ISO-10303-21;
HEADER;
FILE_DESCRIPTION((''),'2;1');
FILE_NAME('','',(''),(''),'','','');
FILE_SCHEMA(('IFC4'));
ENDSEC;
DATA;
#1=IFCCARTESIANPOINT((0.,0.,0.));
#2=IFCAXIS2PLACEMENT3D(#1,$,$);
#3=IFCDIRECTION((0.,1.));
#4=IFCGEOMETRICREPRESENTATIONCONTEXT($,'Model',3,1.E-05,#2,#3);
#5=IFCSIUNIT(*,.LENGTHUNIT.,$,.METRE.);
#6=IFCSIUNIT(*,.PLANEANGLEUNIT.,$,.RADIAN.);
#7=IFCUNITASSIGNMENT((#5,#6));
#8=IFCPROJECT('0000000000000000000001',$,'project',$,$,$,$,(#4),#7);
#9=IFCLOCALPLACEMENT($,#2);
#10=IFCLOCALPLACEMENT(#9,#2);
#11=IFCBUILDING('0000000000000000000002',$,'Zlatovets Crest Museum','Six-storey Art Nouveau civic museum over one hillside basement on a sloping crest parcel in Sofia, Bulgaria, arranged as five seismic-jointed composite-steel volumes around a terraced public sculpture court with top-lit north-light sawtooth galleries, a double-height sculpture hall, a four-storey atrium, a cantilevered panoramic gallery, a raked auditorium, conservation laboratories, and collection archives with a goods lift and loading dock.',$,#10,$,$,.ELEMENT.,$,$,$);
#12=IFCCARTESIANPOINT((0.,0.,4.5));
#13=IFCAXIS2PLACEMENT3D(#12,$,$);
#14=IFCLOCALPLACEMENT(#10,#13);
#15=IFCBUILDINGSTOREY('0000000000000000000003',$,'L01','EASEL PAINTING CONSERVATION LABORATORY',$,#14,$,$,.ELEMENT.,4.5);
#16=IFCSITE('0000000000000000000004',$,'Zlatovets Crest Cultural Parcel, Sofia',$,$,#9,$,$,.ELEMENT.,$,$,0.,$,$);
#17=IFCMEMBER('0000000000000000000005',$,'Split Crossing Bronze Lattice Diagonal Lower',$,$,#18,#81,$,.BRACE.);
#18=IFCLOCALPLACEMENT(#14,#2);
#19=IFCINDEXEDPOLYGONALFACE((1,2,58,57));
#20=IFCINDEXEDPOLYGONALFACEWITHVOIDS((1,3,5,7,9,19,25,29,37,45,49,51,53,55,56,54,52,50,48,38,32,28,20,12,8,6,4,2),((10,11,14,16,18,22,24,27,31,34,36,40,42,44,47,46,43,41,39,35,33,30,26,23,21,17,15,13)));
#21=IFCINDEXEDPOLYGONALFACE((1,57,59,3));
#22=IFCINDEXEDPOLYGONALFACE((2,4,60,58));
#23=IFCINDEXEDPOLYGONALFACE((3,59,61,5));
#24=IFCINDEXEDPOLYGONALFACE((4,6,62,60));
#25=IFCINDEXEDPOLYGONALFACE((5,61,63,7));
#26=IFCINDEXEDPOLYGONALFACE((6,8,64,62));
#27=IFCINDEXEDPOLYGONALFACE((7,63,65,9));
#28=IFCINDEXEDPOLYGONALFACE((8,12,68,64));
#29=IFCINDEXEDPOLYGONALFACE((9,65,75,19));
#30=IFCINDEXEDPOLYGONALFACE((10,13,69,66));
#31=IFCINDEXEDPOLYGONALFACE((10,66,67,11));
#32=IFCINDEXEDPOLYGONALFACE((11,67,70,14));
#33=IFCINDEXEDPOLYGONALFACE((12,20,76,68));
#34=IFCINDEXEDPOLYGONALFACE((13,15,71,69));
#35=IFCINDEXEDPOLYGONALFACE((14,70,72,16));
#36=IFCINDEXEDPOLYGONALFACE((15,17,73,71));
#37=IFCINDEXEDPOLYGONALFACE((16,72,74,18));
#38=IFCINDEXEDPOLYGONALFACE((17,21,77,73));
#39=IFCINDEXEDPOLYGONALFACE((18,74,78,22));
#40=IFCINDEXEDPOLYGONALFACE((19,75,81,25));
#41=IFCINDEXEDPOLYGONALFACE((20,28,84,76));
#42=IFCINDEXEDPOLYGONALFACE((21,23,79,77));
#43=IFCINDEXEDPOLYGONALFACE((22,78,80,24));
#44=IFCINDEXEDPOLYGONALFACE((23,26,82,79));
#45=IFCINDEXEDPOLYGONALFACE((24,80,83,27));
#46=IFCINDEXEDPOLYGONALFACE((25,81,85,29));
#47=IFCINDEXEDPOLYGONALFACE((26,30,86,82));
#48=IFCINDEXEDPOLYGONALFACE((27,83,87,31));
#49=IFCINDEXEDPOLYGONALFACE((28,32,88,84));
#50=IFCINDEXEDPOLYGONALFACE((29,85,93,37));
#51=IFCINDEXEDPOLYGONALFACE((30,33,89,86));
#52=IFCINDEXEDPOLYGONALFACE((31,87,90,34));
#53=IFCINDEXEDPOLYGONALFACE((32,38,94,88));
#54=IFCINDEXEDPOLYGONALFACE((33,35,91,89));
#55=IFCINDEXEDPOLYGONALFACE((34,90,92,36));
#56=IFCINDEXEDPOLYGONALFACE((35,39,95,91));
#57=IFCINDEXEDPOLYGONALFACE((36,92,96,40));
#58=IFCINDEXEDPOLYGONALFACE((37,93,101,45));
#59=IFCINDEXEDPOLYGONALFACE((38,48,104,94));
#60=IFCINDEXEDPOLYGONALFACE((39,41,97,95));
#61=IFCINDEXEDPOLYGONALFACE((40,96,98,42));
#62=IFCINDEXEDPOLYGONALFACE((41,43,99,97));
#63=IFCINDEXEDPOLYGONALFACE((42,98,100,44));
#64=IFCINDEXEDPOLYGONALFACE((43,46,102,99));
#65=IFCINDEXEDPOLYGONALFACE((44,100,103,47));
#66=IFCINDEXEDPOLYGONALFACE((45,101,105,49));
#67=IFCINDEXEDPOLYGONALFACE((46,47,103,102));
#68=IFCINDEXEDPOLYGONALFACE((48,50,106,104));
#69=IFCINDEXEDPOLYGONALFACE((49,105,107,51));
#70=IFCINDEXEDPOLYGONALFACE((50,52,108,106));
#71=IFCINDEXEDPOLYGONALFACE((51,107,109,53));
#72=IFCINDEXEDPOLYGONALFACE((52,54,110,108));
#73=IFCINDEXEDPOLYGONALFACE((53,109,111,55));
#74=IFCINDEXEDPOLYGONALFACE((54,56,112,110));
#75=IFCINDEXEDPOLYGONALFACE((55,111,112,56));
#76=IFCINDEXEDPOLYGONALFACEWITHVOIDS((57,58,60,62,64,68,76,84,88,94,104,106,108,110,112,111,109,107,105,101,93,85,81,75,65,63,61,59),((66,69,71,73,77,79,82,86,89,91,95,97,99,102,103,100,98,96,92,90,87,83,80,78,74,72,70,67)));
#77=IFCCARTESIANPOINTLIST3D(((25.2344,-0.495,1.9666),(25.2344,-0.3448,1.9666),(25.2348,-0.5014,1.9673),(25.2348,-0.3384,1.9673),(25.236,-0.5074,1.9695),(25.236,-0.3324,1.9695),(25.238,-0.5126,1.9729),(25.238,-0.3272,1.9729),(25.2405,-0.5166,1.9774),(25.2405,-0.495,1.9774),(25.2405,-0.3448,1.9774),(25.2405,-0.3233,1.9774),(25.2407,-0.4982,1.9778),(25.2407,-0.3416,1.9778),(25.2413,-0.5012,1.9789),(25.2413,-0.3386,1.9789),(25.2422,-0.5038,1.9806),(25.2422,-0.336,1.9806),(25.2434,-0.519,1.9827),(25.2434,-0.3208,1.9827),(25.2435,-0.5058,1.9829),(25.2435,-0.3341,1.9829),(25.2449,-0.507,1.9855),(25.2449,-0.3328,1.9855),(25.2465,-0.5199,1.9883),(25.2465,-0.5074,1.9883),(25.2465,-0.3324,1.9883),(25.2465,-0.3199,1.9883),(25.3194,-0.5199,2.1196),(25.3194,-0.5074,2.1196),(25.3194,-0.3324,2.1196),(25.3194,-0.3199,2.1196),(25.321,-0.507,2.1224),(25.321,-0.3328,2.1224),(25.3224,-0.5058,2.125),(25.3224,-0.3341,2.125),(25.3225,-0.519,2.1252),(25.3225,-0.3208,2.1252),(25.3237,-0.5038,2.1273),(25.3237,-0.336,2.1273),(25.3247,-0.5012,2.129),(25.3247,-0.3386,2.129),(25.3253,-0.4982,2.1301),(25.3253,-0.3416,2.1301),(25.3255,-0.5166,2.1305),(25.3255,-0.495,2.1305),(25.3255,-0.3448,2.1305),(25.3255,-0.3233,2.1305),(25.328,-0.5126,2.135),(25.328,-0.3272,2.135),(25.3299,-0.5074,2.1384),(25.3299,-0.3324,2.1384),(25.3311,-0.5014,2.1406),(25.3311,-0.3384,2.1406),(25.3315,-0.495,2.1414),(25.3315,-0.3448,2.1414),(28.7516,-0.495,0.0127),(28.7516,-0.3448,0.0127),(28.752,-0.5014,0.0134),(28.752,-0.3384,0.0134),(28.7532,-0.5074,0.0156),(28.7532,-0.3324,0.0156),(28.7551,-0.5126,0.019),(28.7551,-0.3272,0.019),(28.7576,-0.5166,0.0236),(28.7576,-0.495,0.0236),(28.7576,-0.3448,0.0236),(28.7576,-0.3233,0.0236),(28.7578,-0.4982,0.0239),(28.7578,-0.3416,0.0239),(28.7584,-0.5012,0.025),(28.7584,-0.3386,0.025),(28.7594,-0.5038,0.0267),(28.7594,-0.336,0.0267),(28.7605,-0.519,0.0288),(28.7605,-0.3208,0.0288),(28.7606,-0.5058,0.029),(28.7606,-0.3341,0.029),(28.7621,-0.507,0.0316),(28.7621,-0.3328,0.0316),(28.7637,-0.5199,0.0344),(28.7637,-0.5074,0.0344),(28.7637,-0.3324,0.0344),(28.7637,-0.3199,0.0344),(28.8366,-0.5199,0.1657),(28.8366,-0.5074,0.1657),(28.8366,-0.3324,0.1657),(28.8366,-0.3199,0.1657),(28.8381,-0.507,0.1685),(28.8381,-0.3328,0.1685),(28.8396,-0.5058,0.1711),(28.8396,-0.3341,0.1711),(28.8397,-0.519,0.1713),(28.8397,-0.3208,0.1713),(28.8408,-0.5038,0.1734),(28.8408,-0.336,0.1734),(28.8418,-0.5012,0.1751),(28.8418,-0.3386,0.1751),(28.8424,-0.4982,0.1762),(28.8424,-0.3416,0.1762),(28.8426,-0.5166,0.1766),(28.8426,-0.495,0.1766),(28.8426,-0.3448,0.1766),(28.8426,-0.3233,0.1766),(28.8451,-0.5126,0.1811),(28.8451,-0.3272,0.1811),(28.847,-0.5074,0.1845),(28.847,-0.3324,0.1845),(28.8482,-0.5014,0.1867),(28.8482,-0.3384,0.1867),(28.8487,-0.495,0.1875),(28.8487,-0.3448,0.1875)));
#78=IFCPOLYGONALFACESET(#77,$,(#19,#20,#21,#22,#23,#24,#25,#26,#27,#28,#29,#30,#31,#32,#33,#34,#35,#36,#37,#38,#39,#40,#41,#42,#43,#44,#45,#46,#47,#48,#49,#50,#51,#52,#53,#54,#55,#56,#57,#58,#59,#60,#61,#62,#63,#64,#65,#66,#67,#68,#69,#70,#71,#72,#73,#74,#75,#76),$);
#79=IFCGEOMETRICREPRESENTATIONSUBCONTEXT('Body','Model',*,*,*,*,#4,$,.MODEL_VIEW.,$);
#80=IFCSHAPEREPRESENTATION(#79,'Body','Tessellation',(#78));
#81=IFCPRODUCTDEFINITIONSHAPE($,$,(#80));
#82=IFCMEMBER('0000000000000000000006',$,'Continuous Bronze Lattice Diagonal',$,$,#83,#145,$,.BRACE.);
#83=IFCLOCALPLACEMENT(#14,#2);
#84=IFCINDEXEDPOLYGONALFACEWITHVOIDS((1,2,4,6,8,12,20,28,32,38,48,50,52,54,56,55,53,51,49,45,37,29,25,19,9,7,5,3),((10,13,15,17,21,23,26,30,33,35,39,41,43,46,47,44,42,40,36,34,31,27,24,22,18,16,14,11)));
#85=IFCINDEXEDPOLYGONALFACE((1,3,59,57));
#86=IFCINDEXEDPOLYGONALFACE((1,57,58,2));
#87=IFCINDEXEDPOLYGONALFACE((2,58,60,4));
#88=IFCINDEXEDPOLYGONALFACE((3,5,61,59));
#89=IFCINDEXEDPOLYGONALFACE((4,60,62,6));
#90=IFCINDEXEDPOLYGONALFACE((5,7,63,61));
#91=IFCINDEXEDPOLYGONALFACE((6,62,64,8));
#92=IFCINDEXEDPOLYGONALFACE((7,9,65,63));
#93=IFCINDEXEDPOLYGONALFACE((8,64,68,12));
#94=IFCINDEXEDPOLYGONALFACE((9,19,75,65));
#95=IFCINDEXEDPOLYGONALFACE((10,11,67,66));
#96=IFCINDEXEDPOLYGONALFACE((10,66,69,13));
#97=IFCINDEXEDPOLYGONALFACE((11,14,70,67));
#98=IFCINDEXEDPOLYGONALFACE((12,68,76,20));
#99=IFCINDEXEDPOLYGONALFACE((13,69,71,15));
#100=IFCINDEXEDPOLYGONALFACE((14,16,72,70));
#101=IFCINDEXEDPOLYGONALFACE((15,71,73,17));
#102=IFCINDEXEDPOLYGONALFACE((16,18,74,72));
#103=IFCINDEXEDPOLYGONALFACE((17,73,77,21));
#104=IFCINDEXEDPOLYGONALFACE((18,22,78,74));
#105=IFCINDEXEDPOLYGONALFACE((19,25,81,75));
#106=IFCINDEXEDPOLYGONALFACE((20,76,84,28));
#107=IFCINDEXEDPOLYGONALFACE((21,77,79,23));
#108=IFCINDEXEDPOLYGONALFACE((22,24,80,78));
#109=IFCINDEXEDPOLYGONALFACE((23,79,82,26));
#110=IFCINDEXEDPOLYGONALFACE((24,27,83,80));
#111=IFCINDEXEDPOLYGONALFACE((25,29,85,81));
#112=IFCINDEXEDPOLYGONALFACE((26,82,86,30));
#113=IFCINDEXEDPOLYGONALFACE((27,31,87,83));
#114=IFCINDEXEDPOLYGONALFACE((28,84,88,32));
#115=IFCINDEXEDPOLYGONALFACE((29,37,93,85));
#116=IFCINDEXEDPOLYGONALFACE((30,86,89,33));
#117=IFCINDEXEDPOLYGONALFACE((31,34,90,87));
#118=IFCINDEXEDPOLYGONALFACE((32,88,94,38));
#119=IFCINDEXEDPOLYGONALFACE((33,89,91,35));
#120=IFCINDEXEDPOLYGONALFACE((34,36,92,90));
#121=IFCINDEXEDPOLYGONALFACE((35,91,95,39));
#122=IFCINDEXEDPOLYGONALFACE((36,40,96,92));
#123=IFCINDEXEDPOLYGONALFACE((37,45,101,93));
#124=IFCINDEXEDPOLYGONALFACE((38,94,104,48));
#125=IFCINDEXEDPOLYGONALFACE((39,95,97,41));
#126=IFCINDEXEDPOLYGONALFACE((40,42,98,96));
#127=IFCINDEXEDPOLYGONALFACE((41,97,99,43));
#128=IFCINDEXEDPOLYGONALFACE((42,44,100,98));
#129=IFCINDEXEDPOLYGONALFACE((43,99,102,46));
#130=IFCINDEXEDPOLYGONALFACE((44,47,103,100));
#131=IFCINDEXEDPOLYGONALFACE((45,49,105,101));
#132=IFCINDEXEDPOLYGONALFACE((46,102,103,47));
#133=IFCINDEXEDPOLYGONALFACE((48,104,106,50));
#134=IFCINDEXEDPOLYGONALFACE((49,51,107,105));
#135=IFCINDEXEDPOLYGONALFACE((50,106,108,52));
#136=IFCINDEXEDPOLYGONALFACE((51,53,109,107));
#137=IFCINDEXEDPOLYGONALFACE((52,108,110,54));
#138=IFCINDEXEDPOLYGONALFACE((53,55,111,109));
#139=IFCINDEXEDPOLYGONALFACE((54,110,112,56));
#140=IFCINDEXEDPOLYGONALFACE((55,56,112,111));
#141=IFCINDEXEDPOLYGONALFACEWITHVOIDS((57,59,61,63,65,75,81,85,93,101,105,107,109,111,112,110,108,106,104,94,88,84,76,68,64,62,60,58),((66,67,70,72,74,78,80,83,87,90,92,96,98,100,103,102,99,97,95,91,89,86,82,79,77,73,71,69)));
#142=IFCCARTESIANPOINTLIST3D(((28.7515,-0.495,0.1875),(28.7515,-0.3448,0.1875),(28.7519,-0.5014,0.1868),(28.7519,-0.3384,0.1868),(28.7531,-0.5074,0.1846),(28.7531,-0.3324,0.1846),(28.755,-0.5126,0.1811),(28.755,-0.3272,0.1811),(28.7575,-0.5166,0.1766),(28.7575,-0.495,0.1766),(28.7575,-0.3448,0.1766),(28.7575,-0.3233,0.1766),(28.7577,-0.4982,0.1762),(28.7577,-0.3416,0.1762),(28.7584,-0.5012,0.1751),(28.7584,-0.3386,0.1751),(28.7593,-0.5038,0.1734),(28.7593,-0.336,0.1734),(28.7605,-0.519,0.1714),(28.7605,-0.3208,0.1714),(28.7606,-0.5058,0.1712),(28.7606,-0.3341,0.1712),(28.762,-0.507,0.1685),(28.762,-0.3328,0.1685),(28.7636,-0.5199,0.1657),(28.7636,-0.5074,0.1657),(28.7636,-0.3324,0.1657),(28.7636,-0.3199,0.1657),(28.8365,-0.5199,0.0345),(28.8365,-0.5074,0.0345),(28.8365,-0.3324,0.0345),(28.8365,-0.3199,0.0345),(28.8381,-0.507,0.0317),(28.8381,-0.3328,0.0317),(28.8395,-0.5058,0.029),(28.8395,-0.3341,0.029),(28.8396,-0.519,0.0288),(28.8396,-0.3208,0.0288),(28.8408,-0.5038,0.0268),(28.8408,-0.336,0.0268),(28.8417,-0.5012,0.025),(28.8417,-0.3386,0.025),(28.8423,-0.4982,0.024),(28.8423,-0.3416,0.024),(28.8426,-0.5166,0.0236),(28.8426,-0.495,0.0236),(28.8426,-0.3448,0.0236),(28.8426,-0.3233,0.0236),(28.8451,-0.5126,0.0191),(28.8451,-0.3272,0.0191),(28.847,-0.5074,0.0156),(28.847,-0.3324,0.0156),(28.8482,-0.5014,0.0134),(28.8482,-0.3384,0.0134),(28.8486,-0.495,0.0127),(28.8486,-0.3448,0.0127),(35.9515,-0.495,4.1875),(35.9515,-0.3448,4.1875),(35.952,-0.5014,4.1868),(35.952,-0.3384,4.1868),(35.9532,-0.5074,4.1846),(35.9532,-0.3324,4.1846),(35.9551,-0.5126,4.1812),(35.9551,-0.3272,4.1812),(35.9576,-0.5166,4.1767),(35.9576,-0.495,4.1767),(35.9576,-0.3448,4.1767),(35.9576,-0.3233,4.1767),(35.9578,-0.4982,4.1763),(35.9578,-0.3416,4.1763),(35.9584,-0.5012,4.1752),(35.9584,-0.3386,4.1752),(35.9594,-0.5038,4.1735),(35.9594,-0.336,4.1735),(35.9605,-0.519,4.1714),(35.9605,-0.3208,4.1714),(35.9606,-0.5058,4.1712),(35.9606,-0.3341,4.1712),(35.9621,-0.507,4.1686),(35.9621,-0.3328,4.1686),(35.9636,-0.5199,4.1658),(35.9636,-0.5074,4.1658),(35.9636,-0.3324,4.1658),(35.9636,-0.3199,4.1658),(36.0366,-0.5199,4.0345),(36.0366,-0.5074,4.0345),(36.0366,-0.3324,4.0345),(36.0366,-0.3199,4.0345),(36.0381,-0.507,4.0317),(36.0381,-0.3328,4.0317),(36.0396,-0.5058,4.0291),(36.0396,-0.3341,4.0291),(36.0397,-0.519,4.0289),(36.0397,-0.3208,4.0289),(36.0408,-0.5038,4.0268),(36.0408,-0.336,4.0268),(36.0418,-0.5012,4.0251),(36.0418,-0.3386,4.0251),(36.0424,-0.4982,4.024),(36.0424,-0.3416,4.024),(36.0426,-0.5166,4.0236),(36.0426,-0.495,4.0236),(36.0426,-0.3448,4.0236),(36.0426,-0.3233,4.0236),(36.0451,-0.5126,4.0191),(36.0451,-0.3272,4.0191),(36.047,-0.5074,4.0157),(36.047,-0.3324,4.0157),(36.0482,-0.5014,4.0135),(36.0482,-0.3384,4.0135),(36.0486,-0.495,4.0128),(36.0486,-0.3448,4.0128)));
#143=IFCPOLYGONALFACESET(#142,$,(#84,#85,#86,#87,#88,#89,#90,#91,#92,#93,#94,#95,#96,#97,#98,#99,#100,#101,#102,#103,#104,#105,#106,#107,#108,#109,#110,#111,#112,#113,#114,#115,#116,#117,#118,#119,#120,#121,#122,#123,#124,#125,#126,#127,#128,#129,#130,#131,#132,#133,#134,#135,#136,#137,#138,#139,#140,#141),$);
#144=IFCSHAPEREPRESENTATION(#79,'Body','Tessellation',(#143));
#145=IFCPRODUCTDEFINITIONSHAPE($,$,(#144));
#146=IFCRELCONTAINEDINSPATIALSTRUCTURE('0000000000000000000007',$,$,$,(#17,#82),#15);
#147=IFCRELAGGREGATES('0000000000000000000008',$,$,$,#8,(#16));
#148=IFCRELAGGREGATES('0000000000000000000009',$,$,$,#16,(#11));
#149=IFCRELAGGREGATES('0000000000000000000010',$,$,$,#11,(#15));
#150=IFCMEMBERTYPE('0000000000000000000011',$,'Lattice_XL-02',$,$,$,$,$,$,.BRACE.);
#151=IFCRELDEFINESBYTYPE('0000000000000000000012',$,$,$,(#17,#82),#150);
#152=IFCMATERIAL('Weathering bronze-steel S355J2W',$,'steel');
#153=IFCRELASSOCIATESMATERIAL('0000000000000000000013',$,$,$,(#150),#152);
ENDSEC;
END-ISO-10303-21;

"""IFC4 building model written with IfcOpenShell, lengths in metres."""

from ifc_helpers import new_model, si_unit, direction, frame, origin, origin_2d, place, context, subcontext, project, spatial, hollow_rectangle, extrude, material, material_profile, profile_set, type_object, element, save


model = new_model("IFC4")

# Units and contexts
model_context = context("Model", 3, precision=1e-05, world=origin(), true_north=direction((0.0, 1.0)))
body_context = subcontext(model_context, "Body", "Model", "MODEL_VIEW")
ifc_project = project(units=[si_unit("LENGTHUNIT", "METRE"), si_unit("PLANEANGLEUNIT", "RADIAN")], contexts=[model_context])

# Site, building, storey
site_placement = place(None, origin())
site = spatial("IfcSite", under=ifc_project, at=site_placement, Name="Zlatovets Crest Cultural Parcel, Sofia", CompositionType="ELEMENT", RefElevation=0.0)
building_placement = place(site_placement, origin())
building = spatial("IfcBuilding", under=site, at=building_placement, Name="Zlatovets Crest Museum", Description="Six-storey Art Nouveau civic museum over one hillside basement on a sloping crest parcel in Sofia, Bulgaria, arranged as five seismic-jointed composite-steel volumes around a terraced public sculpture court with top-lit north-light sawtooth galleries, a double-height sculpture hall, a four-storey atrium, a cantilevered panoramic gallery, a raked auditorium, conservation laboratories, and collection archives with a goods lift and loading dock.", CompositionType="ELEMENT")
storey_placement = place(building_placement, frame((0.0, 0.0, 4.5)))
storey = spatial("IfcBuildingStorey", under=building, at=storey_placement, Name="L01", Description="EASEL PAINTING CONSERVATION LABORATORY", CompositionType="ELEMENT", Elevation=4.5)

# Members
ifc_material_1 = material(Name="Weathering bronze-steel S355J2W", Category="steel")
ifc_material_profile_1 = material_profile(ifc_material_1, hollow_rectangle(XDim=0.2, YDim=0.2, WallThickness=0.0125, InnerFilletRadius=0.0125, OuterFilletRadius=0.0249, at=origin_2d()), Name="SHS 200x200x12.5")
ifc_profile_set_1 = profile_set([ifc_material_profile_1], Name="Weathering bronze-steel S355J2W")
member_type_1 = type_object("IfcMemberType", Name="Lattice_XL-02", PredefinedType="BRACE", material=ifc_profile_set_1)
member_1_placement = place(storey_placement, frame((25.283, -0.4199, 2.054), z_axis=(0.874166, 0.0, -0.485627), x_axis=(0.0, 1.0, 0.0)))
element("IfcMember", 1, at=member_1_placement, inside=storey, type_object=member_type_1, Name="Split Crossing Bronze Lattice Diagonal Lower", PredefinedType="BRACE", context=body_context, shape_type="SweptSolid", body=[
    extrude(hollow_rectangle(XDim=0.2, YDim=0.2, WallThickness=0.0125, InnerFilletRadius=0.0125, OuterFilletRadius=0.0249, at=origin_2d()), origin(), (0.0, 0.0, 1.0), 4.0234),
])
member_2_placement = place(storey_placement, frame((28.8, -0.4199, 0.1001), z_axis=(0.874156, 0.0, 0.485645), x_axis=(0.0, 1.0, 0.0)))
element("IfcMember", 2, at=member_2_placement, inside=storey, type_object=member_type_1, Name="Continuous Bronze Lattice Diagonal", PredefinedType="BRACE", context=body_context, shape_type="SweptSolid", body=[
    extrude(hollow_rectangle(XDim=0.2, YDim=0.2, WallThickness=0.0125, InnerFilletRadius=0.0125, OuterFilletRadius=0.0249, at=origin_2d()), origin(), (0.0, 0.0, 1.0), 8.2366),
])

save(model, "model.ifc")
